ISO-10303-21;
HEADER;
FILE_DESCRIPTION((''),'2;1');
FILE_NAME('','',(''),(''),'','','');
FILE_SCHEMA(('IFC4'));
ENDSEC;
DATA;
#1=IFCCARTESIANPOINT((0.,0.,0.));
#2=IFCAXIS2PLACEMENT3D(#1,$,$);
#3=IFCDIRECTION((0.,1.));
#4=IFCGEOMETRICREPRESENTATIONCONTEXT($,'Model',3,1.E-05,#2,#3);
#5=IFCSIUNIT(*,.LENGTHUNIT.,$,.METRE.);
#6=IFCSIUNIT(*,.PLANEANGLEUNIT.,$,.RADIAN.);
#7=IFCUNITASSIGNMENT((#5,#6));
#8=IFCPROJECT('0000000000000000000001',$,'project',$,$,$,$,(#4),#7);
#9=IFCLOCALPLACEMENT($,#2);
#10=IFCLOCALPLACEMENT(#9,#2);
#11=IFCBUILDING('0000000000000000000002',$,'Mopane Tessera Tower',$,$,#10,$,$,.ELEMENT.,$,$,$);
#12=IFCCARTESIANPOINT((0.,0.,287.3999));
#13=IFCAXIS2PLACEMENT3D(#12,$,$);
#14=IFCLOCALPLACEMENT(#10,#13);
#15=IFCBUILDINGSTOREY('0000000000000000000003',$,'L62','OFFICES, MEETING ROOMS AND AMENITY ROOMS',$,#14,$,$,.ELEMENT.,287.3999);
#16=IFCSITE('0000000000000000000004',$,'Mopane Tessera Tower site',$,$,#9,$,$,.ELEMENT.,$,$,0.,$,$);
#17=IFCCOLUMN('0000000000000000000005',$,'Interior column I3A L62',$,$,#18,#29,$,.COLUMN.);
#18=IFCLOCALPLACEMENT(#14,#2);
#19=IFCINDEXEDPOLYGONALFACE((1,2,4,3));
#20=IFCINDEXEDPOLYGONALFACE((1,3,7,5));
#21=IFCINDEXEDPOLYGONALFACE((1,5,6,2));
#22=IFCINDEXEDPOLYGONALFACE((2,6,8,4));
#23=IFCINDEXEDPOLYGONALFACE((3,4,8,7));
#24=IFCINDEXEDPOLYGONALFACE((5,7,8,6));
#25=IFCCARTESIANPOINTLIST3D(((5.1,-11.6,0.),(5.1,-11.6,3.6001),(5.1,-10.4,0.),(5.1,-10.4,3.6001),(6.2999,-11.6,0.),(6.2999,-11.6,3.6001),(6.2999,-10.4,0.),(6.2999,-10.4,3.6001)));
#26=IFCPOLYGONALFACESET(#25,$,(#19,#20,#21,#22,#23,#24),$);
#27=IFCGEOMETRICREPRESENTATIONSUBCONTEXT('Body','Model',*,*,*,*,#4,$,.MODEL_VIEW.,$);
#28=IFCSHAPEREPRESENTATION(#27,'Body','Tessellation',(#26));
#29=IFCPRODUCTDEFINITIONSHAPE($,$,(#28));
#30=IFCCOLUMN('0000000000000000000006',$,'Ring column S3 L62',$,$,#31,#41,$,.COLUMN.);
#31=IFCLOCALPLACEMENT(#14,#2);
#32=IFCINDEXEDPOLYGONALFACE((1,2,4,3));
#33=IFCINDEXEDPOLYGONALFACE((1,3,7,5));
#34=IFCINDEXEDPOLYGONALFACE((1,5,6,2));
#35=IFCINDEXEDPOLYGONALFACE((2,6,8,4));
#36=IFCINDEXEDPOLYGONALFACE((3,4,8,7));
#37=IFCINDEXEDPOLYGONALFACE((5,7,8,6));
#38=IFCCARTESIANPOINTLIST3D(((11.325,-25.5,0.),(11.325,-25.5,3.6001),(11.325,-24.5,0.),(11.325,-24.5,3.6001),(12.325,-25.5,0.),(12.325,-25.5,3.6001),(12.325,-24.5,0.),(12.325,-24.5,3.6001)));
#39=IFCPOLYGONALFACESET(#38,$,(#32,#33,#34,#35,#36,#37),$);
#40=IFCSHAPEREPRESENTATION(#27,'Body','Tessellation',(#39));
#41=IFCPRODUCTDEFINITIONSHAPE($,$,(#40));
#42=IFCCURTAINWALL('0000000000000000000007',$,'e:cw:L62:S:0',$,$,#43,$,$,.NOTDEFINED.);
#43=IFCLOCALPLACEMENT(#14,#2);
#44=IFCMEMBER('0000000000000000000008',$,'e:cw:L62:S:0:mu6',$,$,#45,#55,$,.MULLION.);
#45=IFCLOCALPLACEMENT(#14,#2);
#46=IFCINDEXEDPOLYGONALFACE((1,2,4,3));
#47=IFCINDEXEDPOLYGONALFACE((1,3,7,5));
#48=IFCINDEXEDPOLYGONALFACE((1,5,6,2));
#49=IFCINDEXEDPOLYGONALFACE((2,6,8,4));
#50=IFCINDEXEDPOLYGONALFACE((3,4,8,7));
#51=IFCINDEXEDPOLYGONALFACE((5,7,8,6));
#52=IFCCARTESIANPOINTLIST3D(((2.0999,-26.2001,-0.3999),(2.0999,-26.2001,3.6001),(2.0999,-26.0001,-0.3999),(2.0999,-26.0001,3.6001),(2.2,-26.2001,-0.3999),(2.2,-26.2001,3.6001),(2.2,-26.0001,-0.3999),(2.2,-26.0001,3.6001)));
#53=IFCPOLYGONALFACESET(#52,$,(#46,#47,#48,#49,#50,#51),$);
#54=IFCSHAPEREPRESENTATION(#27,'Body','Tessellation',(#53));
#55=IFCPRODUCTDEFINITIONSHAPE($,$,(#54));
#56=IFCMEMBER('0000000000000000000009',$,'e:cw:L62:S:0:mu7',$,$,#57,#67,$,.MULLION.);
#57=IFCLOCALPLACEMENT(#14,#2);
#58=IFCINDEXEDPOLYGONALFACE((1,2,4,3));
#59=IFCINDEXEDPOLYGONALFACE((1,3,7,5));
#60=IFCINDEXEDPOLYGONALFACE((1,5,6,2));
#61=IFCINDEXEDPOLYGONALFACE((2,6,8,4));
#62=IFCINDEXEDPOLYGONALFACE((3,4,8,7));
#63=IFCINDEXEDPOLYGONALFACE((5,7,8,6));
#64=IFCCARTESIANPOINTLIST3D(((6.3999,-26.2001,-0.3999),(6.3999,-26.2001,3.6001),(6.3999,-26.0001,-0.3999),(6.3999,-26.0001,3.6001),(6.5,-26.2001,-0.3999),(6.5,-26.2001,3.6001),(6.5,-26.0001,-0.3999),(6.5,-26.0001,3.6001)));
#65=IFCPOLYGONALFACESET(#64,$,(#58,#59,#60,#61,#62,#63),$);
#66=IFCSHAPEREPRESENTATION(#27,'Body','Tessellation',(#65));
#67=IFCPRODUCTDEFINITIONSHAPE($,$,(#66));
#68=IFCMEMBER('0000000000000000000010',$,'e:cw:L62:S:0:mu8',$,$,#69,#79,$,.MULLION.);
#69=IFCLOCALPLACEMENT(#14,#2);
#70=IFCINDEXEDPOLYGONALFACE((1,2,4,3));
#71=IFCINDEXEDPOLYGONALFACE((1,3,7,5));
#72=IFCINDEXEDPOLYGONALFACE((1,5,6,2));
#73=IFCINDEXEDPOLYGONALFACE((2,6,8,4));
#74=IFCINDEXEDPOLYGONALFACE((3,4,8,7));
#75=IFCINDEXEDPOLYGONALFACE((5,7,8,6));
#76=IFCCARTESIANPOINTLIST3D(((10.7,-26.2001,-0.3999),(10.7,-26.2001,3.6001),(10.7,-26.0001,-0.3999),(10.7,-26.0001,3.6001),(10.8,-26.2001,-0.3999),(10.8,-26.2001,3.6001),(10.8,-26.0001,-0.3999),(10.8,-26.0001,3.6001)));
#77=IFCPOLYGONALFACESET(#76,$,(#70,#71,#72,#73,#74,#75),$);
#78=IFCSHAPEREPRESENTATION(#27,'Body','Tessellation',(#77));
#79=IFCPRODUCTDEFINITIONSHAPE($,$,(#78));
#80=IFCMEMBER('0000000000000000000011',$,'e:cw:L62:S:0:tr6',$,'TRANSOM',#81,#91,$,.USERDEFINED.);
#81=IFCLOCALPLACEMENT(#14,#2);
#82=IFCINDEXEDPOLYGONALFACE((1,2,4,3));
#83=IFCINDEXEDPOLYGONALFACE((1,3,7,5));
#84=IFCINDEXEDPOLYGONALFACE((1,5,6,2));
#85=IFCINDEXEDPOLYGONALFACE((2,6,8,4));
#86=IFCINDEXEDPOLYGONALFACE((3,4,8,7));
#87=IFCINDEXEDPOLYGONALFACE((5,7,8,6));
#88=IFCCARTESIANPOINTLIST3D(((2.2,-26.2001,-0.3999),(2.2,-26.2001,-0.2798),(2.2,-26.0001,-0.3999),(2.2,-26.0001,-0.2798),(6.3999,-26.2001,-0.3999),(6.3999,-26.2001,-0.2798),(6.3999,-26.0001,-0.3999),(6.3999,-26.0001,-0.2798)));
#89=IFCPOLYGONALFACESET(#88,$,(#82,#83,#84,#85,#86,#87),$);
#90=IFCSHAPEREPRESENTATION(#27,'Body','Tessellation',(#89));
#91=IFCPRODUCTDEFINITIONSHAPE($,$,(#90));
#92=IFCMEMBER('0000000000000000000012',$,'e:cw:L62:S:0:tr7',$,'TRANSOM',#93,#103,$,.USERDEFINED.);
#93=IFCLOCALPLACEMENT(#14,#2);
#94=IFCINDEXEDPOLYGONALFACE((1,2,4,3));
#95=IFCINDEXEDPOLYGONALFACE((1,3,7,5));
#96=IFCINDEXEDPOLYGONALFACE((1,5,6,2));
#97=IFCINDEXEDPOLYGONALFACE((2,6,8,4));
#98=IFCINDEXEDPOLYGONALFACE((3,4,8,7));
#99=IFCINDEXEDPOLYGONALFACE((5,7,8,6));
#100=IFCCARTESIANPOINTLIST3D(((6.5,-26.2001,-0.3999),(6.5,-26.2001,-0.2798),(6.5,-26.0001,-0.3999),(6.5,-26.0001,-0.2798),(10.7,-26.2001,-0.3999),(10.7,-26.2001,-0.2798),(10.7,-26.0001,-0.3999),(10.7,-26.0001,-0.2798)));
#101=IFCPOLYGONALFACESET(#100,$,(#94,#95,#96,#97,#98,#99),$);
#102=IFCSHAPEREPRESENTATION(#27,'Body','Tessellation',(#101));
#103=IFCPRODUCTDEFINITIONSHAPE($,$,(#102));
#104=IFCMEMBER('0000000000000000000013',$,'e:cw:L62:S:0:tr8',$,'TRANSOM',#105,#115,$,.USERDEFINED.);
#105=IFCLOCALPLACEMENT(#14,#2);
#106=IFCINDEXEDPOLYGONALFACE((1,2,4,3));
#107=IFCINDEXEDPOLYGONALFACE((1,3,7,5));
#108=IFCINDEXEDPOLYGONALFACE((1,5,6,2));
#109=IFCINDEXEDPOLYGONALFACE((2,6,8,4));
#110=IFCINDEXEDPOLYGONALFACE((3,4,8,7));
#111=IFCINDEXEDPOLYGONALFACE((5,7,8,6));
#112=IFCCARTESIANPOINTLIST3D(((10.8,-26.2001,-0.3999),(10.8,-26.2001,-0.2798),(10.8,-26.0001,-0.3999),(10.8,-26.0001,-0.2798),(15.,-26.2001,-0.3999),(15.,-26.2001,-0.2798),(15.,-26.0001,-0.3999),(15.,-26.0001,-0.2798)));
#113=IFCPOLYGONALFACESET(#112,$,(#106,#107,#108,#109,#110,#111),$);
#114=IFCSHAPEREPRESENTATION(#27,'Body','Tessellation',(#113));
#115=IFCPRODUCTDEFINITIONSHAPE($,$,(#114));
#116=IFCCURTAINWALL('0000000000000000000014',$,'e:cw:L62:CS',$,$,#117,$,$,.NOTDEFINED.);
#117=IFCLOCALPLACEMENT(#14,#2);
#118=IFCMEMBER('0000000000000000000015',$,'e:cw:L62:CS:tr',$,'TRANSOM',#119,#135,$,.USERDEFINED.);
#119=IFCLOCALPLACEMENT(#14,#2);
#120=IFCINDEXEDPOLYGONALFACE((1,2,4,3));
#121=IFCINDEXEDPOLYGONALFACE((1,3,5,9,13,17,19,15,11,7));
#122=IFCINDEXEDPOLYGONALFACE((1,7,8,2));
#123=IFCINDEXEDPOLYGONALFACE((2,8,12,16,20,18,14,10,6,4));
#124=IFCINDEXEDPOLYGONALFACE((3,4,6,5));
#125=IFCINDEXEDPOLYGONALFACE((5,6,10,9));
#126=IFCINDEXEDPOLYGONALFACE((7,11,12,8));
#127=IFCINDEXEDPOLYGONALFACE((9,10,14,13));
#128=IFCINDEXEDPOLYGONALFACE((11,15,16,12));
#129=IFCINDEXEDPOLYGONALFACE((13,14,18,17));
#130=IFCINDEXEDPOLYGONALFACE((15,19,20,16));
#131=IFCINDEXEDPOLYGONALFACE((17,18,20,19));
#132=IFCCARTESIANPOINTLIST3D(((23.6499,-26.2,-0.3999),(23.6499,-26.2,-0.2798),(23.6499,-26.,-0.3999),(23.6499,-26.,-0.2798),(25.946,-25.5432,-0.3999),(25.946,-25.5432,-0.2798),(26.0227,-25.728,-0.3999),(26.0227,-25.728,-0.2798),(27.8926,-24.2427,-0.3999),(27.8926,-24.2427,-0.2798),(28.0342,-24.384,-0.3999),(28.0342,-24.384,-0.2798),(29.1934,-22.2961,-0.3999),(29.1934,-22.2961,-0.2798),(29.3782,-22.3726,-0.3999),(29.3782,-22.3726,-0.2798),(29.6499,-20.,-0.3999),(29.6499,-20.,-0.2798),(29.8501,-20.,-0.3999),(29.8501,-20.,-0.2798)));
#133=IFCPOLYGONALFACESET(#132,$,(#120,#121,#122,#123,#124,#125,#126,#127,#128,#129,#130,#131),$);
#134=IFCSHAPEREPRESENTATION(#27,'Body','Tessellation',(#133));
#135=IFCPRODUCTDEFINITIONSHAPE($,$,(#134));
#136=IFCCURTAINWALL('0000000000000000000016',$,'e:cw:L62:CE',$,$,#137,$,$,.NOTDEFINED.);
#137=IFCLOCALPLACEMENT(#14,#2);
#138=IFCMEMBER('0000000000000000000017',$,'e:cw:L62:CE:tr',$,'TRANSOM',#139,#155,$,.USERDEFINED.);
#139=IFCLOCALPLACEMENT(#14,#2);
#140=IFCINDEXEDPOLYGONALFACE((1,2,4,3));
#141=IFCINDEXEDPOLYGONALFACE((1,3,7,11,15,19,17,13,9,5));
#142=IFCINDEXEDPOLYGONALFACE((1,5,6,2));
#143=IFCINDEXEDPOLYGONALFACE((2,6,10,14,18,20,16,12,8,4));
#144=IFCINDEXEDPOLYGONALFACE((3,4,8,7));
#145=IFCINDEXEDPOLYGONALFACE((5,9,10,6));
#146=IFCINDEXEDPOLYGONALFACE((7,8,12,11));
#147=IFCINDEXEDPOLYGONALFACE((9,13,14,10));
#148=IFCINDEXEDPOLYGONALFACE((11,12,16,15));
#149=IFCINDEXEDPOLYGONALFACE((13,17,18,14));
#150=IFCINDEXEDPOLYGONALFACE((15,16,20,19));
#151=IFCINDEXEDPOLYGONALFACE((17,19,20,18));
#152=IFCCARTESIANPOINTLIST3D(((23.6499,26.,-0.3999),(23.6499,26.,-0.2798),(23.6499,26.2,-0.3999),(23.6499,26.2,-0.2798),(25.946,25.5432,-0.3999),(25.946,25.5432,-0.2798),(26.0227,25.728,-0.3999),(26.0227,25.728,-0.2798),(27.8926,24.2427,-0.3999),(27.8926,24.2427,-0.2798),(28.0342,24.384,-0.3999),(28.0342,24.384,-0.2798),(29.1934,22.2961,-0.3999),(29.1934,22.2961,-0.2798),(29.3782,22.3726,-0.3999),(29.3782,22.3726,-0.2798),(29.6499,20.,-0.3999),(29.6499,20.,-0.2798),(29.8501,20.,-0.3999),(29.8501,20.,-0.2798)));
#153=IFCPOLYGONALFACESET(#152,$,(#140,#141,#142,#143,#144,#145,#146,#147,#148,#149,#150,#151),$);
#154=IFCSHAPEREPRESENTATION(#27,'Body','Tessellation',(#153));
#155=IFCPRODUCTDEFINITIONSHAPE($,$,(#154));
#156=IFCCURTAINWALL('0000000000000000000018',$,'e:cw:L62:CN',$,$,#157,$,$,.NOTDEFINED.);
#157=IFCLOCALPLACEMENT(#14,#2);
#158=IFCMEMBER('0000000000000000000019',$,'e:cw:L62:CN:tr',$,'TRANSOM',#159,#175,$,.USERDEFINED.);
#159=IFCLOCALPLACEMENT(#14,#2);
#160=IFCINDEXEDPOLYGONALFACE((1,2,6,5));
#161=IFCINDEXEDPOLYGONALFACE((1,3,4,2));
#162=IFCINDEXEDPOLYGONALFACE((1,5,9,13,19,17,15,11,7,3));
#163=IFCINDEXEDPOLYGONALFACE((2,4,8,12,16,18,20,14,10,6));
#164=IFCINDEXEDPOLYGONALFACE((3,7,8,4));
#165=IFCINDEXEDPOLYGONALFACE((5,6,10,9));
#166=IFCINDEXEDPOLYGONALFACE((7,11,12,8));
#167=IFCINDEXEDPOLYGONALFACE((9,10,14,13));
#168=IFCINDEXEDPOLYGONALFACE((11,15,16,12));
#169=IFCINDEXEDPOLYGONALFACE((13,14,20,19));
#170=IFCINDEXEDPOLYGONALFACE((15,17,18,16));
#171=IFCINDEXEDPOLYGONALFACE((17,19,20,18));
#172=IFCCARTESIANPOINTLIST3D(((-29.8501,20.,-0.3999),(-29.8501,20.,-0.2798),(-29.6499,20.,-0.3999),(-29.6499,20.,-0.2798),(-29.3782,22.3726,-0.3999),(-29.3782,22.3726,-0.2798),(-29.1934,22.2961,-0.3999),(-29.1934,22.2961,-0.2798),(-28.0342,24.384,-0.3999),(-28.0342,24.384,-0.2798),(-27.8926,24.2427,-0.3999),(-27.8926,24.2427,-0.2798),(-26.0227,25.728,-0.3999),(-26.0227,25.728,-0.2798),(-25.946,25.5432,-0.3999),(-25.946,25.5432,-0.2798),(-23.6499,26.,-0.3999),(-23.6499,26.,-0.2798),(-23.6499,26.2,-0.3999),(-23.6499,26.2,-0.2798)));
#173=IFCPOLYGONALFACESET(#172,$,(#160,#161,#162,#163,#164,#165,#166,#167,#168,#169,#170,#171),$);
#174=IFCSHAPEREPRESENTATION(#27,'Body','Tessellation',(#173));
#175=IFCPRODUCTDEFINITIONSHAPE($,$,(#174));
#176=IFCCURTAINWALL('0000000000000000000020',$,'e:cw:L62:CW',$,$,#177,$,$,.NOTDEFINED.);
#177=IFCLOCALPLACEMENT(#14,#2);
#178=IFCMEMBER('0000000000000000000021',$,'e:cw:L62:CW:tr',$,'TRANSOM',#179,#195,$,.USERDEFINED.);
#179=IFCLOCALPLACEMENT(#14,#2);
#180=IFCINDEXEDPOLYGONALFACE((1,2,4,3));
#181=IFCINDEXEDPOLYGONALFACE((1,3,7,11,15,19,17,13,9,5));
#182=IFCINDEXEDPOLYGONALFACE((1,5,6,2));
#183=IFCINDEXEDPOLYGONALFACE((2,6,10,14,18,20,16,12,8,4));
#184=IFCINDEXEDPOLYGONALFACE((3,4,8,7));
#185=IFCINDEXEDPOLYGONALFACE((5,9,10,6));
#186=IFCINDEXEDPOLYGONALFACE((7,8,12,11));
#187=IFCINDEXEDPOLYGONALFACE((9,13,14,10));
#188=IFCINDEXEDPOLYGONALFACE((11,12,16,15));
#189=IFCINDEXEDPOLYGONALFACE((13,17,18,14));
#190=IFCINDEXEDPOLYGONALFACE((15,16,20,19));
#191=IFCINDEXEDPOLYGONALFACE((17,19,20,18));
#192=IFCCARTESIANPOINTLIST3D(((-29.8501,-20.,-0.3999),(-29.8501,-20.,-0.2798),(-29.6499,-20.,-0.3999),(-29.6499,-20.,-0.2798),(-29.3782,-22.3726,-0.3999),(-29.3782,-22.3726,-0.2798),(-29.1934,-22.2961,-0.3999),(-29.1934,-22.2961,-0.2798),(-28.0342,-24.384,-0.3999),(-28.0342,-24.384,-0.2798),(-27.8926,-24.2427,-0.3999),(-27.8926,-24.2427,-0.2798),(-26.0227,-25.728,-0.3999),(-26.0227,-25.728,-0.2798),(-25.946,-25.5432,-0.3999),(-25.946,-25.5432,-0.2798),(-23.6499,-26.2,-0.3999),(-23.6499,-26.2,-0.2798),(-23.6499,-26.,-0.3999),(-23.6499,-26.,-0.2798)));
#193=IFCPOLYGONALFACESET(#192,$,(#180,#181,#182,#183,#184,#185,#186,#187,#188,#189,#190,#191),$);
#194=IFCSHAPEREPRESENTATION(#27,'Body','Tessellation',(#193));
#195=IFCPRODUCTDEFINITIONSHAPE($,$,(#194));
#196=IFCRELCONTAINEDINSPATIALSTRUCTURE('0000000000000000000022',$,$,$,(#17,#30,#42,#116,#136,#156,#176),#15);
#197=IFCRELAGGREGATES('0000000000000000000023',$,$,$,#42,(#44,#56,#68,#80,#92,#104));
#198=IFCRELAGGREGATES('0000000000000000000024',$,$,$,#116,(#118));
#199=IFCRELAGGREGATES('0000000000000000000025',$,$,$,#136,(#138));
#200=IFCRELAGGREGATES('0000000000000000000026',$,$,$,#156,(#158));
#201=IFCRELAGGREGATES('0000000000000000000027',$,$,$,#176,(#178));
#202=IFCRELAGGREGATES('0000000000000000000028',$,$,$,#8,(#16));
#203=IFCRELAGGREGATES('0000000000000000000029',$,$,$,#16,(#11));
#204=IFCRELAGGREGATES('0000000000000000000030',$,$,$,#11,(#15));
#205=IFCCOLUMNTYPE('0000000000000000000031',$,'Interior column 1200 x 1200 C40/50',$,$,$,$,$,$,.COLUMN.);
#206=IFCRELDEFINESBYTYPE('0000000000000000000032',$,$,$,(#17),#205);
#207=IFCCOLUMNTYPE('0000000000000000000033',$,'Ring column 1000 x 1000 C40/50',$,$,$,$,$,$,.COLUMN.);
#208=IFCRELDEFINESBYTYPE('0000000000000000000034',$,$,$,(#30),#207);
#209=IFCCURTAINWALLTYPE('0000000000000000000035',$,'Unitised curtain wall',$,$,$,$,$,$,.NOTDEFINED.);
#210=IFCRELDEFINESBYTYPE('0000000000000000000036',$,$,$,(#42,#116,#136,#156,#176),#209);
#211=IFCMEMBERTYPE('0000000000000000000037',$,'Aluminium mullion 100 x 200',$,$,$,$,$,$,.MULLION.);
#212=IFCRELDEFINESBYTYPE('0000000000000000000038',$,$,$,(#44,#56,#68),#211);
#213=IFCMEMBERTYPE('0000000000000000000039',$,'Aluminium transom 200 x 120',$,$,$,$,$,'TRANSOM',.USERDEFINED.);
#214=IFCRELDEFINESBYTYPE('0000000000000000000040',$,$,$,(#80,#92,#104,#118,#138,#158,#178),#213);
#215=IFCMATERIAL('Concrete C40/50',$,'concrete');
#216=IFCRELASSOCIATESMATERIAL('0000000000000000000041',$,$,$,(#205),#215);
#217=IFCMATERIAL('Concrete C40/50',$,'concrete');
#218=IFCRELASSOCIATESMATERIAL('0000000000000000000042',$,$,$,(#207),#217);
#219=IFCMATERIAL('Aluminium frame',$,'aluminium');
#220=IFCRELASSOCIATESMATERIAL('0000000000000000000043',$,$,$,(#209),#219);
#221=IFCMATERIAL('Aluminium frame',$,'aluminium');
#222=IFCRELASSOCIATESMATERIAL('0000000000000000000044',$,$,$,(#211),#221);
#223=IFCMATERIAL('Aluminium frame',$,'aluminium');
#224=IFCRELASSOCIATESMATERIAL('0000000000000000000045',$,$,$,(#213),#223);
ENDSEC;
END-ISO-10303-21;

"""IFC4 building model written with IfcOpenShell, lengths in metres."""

from ifc_helpers import new_model, si_unit, direction, frame, origin, origin_2d, place, context, subcontext, project, spatial, polyline, rectangle, outline, extrude, material, material_profile, profile_set, type_object, element, aggregate, save


model = new_model("IFC4")

# Units and contexts
model_context = context("Model", 3, precision=1e-05, world=origin(), true_north=direction((0.0, 1.0)))
body_context = subcontext(model_context, "Body", "Model", "MODEL_VIEW")
ifc_project = project(units=[si_unit("LENGTHUNIT", "METRE"), si_unit("PLANEANGLEUNIT", "RADIAN")], contexts=[model_context])

# Site, building, storey
site_placement = place(None, origin())
site = spatial("IfcSite", under=ifc_project, at=site_placement, Name="Mopane Tessera Tower site", CompositionType="ELEMENT", RefElevation=0.0)
building_placement = place(site_placement, origin())
building = spatial("IfcBuilding", under=site, at=building_placement, Name="Mopane Tessera Tower", CompositionType="ELEMENT")
storey_placement = place(building_placement, frame((0.0, 0.0, 287.3999)))
storey = spatial("IfcBuildingStorey", under=building, at=storey_placement, Name="L62", Description="OFFICES, MEETING ROOMS AND AMENITY ROOMS", CompositionType="ELEMENT", Elevation=287.3999)

# Columns
ifc_material_1 = material(Name="Concrete C40/50", Category="concrete")
ifc_material_profile_1 = material_profile(ifc_material_1, rectangle(XDim=1.2, YDim=1.2, at=origin_2d()))
ifc_profile_set_1 = profile_set([ifc_material_profile_1], Name="Concrete C40/50")
column_type_1 = type_object("IfcColumnType", Name="Interior column 1200 x 1200 C40/50", PredefinedType="COLUMN", material=ifc_profile_set_1)
column_1_placement = place(storey_placement, frame((5.7, -11.0, 0.0), z_axis=(0.0, 0.0, 1.0), x_axis=(1.0, 0.0, 0.0)))
element("IfcColumn", 1, at=column_1_placement, inside=storey, type_object=column_type_1, Name="Interior column I3A L62", PredefinedType="COLUMN", context=body_context, shape_type="SweptSolid", body=[
    extrude(rectangle(XDim=1.2, YDim=1.2, at=origin_2d()), origin(), (0.0, 0.0, 1.0), 3.6001),
])
ifc_material_2 = material(Name="Concrete C40/50", Category="concrete")
ifc_material_profile_2 = material_profile(ifc_material_2, rectangle(XDim=1.0, YDim=1.0, at=origin_2d()))
ifc_profile_set_2 = profile_set([ifc_material_profile_2], Name="Concrete C40/50")
column_type_2 = type_object("IfcColumnType", Name="Ring column 1000 x 1000 C40/50", PredefinedType="COLUMN", material=ifc_profile_set_2)
column_2_placement = place(storey_placement, frame((11.825, -25.0, 0.0), z_axis=(0.0, 0.0, 1.0), x_axis=(1.0, 0.0, 0.0)))
element("IfcColumn", 2, at=column_2_placement, inside=storey, type_object=column_type_2, Name="Ring column S3 L62", PredefinedType="COLUMN", context=body_context, shape_type="SweptSolid", body=[
    extrude(rectangle(XDim=1.0, YDim=1.0, at=origin_2d()), origin(), (0.0, 0.0, 1.0), 3.6001),
])

# Curtain wall, members
ifc_material_3 = material(Name="Aluminium frame", Category="aluminium")
curtain_wall_type = type_object("IfcCurtainWallType", Name="Unitised curtain wall", PredefinedType="NOTDEFINED", material=ifc_material_3)
curtain_wall_1_placement = place(storey_placement, origin())
curtain_wall_1 = element("IfcCurtainWall", 3, at=curtain_wall_1_placement, inside=storey, type_object=curtain_wall_type, Name="e:cw:L62:S:0", PredefinedType="NOTDEFINED")
ifc_material_4 = material(Name="Aluminium frame", Category="aluminium")
ifc_material_profile_3 = material_profile(ifc_material_4, rectangle(XDim=0.1001, YDim=0.2, at=origin_2d()))
ifc_profile_set_3 = profile_set([ifc_material_profile_3], Name="Aluminium frame")
member_type_1 = type_object("IfcMemberType", Name="Aluminium mullion 100 x 200", PredefinedType="MULLION", material=ifc_profile_set_3)
member_1_placement = place(storey_placement, frame((2.1499, -26.1001, -0.3999), z_axis=(0.0, 0.0, 1.0), x_axis=(1.0, 0.0, 0.0)))
member_1 = element("IfcMember", 4, at=member_1_placement, type_object=member_type_1, Name="e:cw:L62:S:0:mu6", PredefinedType="MULLION", context=body_context, shape_type="SweptSolid", body=[
    extrude(rectangle(XDim=0.1001, YDim=0.2, at=origin_2d()), origin(), (0.0, 0.0, 1.0), 4.0),
])
member_2_placement = place(storey_placement, frame((6.45, -26.1001, -0.3999), z_axis=(0.0, 0.0, 1.0), x_axis=(1.0, 0.0, 0.0)))
member_2 = element("IfcMember", 5, at=member_2_placement, type_object=member_type_1, Name="e:cw:L62:S:0:mu7", PredefinedType="MULLION", context=body_context, shape_type="SweptSolid", body=[
    extrude(rectangle(XDim=0.1001, YDim=0.2, at=origin_2d()), origin(), (0.0, 0.0, 1.0), 4.0),
])
member_3_placement = place(storey_placement, frame((10.75, -26.1001, -0.3999), z_axis=(0.0, 0.0, 1.0), x_axis=(1.0, 0.0, 0.0)))
member_3 = element("IfcMember", 6, at=member_3_placement, type_object=member_type_1, Name="e:cw:L62:S:0:mu8", PredefinedType="MULLION", context=body_context, shape_type="SweptSolid", body=[
    extrude(rectangle(XDim=0.1001, YDim=0.2, at=origin_2d()), origin(), (0.0, 0.0, 1.0), 4.0),
])
ifc_material_5 = material(Name="Aluminium frame", Category="aluminium")
ifc_material_profile_4 = material_profile(ifc_material_5, rectangle(XDim=0.2, YDim=0.1201, at=origin_2d()))
ifc_profile_set_4 = profile_set([ifc_material_profile_4], Name="Aluminium frame")
member_type_2 = type_object("IfcMemberType", Name="Aluminium transom 200 x 120", ElementType="TRANSOM", PredefinedType="USERDEFINED", material=ifc_profile_set_4)
member_4_placement = place(storey_placement, frame((2.2, -26.1001, -0.3398), z_axis=(1.0, 0.0, 0.0), x_axis=(0.0, 1.0, 0.0)))
member_4 = element("IfcMember", 7, at=member_4_placement, type_object=member_type_2, Name="e:cw:L62:S:0:tr6", ObjectType="TRANSOM", PredefinedType="USERDEFINED", context=body_context, shape_type="SweptSolid", body=[
    extrude(rectangle(XDim=0.2, YDim=0.1201, at=origin_2d()), origin(), (0.0, 0.0, 1.0), 4.2),
])
member_5_placement = place(storey_placement, frame((6.5, -26.1001, -0.3398), z_axis=(1.0, 0.0, 0.0), x_axis=(0.0, 1.0, 0.0)))
member_5 = element("IfcMember", 8, at=member_5_placement, type_object=member_type_2, Name="e:cw:L62:S:0:tr7", ObjectType="TRANSOM", PredefinedType="USERDEFINED", context=body_context, shape_type="SweptSolid", body=[
    extrude(rectangle(XDim=0.2, YDim=0.1201, at=origin_2d()), origin(), (0.0, 0.0, 1.0), 4.2),
])
member_6_placement = place(storey_placement, frame((10.8, -26.1001, -0.3398), z_axis=(1.0, 0.0, 0.0), x_axis=(0.0, 1.0, 0.0)))
member_6 = element("IfcMember", 9, at=member_6_placement, type_object=member_type_2, Name="e:cw:L62:S:0:tr8", ObjectType="TRANSOM", PredefinedType="USERDEFINED", context=body_context, shape_type="SweptSolid", body=[
    extrude(rectangle(XDim=0.2, YDim=0.1201, at=origin_2d()), origin(), (0.0, 0.0, 1.0), 4.2),
])

# Curtain walls, members
curtain_wall_2_placement = place(storey_placement, origin())
curtain_wall_2 = element("IfcCurtainWall", 10, at=curtain_wall_2_placement, inside=storey, type_object=curtain_wall_type, Name="e:cw:L62:CS", PredefinedType="NOTDEFINED")
member_7_placement = place(storey_placement, frame((0.0, 0.0, -0.3999)))
member_7 = element("IfcMember", 11, at=member_7_placement, type_object=member_type_2, Name="e:cw:L62:CS:tr", ObjectType="TRANSOM", PredefinedType="USERDEFINED", context=body_context, shape_type="SweptSolid", body=[
    extrude(outline(polyline([(23.6499, -26.0), (25.946, -25.5432), (27.8926, -24.2427), (29.1934, -22.2961), (29.6499, -20.0), (29.8501, -20.0), (29.3782, -22.3726), (28.0342, -24.384), (26.0227, -25.728), (23.6499, -26.2), (23.6499, -26.0)])), origin(), (0.0, 0.0, 1.0), 0.1201),
])
curtain_wall_3_placement = place(storey_placement, origin())
curtain_wall_3 = element("IfcCurtainWall", 12, at=curtain_wall_3_placement, inside=storey, type_object=curtain_wall_type, Name="e:cw:L62:CE", PredefinedType="NOTDEFINED")
member_8_placement = place(storey_placement, frame((0.0, 0.0, -0.3999)))
member_8 = element("IfcMember", 13, at=member_8_placement, type_object=member_type_2, Name="e:cw:L62:CE:tr", ObjectType="TRANSOM", PredefinedType="USERDEFINED", context=body_context, shape_type="SweptSolid", body=[
    extrude(outline(polyline([(29.6499, 20.0), (29.1934, 22.2961), (27.8926, 24.2427), (25.946, 25.5432), (23.6499, 26.0), (23.6499, 26.2), (26.0227, 25.728), (28.0342, 24.384), (29.3782, 22.3726), (29.8501, 20.0), (29.6499, 20.0)])), origin(), (0.0, 0.0, 1.0), 0.1201),
])
curtain_wall_4_placement = place(storey_placement, origin())
curtain_wall_4 = element("IfcCurtainWall", 14, at=curtain_wall_4_placement, inside=storey, type_object=curtain_wall_type, Name="e:cw:L62:CN", PredefinedType="NOTDEFINED")
member_9_placement = place(storey_placement, frame((0.0, 0.0, -0.3999)))
member_9 = element("IfcMember", 15, at=member_9_placement, type_object=member_type_2, Name="e:cw:L62:CN:tr", ObjectType="TRANSOM", PredefinedType="USERDEFINED", context=body_context, shape_type="SweptSolid", body=[
    extrude(outline(polyline([(-23.6499, 26.0), (-25.946, 25.5432), (-27.8926, 24.2427), (-29.1934, 22.2961), (-29.6499, 20.0), (-29.8501, 20.0), (-29.3782, 22.3726), (-28.0342, 24.384), (-26.0227, 25.728), (-23.6499, 26.2), (-23.6499, 26.0)])), origin(), (0.0, 0.0, 1.0), 0.1201),
])
curtain_wall_5_placement = place(storey_placement, origin())
curtain_wall_5 = element("IfcCurtainWall", 16, at=curtain_wall_5_placement, inside=storey, type_object=curtain_wall_type, Name="e:cw:L62:CW", PredefinedType="NOTDEFINED")
member_10_placement = place(storey_placement, frame((0.0, 0.0, -0.3999)))
member_10 = element("IfcMember", 17, at=member_10_placement, type_object=member_type_2, Name="e:cw:L62:CW:tr", ObjectType="TRANSOM", PredefinedType="USERDEFINED", context=body_context, shape_type="SweptSolid", body=[
    extrude(outline(polyline([(-29.6499, -20.0), (-29.1934, -22.2961), (-27.8926, -24.2427), (-25.946, -25.5432), (-23.6499, -26.0), (-23.6499, -26.2), (-26.0227, -25.728), (-28.0342, -24.384), (-29.3782, -22.3726), (-29.8501, -20.0), (-29.6499, -20.0)])), origin(), (0.0, 0.0, 1.0), 0.1201),
])

aggregate(curtain_wall_1, [member_1, member_2, member_3, member_4, member_5, member_6])
aggregate(curtain_wall_2, [member_7])
aggregate(curtain_wall_3, [member_8])
aggregate(curtain_wall_4, [member_9])
aggregate(curtain_wall_5, [member_10])

save(model, "model.ifc")
